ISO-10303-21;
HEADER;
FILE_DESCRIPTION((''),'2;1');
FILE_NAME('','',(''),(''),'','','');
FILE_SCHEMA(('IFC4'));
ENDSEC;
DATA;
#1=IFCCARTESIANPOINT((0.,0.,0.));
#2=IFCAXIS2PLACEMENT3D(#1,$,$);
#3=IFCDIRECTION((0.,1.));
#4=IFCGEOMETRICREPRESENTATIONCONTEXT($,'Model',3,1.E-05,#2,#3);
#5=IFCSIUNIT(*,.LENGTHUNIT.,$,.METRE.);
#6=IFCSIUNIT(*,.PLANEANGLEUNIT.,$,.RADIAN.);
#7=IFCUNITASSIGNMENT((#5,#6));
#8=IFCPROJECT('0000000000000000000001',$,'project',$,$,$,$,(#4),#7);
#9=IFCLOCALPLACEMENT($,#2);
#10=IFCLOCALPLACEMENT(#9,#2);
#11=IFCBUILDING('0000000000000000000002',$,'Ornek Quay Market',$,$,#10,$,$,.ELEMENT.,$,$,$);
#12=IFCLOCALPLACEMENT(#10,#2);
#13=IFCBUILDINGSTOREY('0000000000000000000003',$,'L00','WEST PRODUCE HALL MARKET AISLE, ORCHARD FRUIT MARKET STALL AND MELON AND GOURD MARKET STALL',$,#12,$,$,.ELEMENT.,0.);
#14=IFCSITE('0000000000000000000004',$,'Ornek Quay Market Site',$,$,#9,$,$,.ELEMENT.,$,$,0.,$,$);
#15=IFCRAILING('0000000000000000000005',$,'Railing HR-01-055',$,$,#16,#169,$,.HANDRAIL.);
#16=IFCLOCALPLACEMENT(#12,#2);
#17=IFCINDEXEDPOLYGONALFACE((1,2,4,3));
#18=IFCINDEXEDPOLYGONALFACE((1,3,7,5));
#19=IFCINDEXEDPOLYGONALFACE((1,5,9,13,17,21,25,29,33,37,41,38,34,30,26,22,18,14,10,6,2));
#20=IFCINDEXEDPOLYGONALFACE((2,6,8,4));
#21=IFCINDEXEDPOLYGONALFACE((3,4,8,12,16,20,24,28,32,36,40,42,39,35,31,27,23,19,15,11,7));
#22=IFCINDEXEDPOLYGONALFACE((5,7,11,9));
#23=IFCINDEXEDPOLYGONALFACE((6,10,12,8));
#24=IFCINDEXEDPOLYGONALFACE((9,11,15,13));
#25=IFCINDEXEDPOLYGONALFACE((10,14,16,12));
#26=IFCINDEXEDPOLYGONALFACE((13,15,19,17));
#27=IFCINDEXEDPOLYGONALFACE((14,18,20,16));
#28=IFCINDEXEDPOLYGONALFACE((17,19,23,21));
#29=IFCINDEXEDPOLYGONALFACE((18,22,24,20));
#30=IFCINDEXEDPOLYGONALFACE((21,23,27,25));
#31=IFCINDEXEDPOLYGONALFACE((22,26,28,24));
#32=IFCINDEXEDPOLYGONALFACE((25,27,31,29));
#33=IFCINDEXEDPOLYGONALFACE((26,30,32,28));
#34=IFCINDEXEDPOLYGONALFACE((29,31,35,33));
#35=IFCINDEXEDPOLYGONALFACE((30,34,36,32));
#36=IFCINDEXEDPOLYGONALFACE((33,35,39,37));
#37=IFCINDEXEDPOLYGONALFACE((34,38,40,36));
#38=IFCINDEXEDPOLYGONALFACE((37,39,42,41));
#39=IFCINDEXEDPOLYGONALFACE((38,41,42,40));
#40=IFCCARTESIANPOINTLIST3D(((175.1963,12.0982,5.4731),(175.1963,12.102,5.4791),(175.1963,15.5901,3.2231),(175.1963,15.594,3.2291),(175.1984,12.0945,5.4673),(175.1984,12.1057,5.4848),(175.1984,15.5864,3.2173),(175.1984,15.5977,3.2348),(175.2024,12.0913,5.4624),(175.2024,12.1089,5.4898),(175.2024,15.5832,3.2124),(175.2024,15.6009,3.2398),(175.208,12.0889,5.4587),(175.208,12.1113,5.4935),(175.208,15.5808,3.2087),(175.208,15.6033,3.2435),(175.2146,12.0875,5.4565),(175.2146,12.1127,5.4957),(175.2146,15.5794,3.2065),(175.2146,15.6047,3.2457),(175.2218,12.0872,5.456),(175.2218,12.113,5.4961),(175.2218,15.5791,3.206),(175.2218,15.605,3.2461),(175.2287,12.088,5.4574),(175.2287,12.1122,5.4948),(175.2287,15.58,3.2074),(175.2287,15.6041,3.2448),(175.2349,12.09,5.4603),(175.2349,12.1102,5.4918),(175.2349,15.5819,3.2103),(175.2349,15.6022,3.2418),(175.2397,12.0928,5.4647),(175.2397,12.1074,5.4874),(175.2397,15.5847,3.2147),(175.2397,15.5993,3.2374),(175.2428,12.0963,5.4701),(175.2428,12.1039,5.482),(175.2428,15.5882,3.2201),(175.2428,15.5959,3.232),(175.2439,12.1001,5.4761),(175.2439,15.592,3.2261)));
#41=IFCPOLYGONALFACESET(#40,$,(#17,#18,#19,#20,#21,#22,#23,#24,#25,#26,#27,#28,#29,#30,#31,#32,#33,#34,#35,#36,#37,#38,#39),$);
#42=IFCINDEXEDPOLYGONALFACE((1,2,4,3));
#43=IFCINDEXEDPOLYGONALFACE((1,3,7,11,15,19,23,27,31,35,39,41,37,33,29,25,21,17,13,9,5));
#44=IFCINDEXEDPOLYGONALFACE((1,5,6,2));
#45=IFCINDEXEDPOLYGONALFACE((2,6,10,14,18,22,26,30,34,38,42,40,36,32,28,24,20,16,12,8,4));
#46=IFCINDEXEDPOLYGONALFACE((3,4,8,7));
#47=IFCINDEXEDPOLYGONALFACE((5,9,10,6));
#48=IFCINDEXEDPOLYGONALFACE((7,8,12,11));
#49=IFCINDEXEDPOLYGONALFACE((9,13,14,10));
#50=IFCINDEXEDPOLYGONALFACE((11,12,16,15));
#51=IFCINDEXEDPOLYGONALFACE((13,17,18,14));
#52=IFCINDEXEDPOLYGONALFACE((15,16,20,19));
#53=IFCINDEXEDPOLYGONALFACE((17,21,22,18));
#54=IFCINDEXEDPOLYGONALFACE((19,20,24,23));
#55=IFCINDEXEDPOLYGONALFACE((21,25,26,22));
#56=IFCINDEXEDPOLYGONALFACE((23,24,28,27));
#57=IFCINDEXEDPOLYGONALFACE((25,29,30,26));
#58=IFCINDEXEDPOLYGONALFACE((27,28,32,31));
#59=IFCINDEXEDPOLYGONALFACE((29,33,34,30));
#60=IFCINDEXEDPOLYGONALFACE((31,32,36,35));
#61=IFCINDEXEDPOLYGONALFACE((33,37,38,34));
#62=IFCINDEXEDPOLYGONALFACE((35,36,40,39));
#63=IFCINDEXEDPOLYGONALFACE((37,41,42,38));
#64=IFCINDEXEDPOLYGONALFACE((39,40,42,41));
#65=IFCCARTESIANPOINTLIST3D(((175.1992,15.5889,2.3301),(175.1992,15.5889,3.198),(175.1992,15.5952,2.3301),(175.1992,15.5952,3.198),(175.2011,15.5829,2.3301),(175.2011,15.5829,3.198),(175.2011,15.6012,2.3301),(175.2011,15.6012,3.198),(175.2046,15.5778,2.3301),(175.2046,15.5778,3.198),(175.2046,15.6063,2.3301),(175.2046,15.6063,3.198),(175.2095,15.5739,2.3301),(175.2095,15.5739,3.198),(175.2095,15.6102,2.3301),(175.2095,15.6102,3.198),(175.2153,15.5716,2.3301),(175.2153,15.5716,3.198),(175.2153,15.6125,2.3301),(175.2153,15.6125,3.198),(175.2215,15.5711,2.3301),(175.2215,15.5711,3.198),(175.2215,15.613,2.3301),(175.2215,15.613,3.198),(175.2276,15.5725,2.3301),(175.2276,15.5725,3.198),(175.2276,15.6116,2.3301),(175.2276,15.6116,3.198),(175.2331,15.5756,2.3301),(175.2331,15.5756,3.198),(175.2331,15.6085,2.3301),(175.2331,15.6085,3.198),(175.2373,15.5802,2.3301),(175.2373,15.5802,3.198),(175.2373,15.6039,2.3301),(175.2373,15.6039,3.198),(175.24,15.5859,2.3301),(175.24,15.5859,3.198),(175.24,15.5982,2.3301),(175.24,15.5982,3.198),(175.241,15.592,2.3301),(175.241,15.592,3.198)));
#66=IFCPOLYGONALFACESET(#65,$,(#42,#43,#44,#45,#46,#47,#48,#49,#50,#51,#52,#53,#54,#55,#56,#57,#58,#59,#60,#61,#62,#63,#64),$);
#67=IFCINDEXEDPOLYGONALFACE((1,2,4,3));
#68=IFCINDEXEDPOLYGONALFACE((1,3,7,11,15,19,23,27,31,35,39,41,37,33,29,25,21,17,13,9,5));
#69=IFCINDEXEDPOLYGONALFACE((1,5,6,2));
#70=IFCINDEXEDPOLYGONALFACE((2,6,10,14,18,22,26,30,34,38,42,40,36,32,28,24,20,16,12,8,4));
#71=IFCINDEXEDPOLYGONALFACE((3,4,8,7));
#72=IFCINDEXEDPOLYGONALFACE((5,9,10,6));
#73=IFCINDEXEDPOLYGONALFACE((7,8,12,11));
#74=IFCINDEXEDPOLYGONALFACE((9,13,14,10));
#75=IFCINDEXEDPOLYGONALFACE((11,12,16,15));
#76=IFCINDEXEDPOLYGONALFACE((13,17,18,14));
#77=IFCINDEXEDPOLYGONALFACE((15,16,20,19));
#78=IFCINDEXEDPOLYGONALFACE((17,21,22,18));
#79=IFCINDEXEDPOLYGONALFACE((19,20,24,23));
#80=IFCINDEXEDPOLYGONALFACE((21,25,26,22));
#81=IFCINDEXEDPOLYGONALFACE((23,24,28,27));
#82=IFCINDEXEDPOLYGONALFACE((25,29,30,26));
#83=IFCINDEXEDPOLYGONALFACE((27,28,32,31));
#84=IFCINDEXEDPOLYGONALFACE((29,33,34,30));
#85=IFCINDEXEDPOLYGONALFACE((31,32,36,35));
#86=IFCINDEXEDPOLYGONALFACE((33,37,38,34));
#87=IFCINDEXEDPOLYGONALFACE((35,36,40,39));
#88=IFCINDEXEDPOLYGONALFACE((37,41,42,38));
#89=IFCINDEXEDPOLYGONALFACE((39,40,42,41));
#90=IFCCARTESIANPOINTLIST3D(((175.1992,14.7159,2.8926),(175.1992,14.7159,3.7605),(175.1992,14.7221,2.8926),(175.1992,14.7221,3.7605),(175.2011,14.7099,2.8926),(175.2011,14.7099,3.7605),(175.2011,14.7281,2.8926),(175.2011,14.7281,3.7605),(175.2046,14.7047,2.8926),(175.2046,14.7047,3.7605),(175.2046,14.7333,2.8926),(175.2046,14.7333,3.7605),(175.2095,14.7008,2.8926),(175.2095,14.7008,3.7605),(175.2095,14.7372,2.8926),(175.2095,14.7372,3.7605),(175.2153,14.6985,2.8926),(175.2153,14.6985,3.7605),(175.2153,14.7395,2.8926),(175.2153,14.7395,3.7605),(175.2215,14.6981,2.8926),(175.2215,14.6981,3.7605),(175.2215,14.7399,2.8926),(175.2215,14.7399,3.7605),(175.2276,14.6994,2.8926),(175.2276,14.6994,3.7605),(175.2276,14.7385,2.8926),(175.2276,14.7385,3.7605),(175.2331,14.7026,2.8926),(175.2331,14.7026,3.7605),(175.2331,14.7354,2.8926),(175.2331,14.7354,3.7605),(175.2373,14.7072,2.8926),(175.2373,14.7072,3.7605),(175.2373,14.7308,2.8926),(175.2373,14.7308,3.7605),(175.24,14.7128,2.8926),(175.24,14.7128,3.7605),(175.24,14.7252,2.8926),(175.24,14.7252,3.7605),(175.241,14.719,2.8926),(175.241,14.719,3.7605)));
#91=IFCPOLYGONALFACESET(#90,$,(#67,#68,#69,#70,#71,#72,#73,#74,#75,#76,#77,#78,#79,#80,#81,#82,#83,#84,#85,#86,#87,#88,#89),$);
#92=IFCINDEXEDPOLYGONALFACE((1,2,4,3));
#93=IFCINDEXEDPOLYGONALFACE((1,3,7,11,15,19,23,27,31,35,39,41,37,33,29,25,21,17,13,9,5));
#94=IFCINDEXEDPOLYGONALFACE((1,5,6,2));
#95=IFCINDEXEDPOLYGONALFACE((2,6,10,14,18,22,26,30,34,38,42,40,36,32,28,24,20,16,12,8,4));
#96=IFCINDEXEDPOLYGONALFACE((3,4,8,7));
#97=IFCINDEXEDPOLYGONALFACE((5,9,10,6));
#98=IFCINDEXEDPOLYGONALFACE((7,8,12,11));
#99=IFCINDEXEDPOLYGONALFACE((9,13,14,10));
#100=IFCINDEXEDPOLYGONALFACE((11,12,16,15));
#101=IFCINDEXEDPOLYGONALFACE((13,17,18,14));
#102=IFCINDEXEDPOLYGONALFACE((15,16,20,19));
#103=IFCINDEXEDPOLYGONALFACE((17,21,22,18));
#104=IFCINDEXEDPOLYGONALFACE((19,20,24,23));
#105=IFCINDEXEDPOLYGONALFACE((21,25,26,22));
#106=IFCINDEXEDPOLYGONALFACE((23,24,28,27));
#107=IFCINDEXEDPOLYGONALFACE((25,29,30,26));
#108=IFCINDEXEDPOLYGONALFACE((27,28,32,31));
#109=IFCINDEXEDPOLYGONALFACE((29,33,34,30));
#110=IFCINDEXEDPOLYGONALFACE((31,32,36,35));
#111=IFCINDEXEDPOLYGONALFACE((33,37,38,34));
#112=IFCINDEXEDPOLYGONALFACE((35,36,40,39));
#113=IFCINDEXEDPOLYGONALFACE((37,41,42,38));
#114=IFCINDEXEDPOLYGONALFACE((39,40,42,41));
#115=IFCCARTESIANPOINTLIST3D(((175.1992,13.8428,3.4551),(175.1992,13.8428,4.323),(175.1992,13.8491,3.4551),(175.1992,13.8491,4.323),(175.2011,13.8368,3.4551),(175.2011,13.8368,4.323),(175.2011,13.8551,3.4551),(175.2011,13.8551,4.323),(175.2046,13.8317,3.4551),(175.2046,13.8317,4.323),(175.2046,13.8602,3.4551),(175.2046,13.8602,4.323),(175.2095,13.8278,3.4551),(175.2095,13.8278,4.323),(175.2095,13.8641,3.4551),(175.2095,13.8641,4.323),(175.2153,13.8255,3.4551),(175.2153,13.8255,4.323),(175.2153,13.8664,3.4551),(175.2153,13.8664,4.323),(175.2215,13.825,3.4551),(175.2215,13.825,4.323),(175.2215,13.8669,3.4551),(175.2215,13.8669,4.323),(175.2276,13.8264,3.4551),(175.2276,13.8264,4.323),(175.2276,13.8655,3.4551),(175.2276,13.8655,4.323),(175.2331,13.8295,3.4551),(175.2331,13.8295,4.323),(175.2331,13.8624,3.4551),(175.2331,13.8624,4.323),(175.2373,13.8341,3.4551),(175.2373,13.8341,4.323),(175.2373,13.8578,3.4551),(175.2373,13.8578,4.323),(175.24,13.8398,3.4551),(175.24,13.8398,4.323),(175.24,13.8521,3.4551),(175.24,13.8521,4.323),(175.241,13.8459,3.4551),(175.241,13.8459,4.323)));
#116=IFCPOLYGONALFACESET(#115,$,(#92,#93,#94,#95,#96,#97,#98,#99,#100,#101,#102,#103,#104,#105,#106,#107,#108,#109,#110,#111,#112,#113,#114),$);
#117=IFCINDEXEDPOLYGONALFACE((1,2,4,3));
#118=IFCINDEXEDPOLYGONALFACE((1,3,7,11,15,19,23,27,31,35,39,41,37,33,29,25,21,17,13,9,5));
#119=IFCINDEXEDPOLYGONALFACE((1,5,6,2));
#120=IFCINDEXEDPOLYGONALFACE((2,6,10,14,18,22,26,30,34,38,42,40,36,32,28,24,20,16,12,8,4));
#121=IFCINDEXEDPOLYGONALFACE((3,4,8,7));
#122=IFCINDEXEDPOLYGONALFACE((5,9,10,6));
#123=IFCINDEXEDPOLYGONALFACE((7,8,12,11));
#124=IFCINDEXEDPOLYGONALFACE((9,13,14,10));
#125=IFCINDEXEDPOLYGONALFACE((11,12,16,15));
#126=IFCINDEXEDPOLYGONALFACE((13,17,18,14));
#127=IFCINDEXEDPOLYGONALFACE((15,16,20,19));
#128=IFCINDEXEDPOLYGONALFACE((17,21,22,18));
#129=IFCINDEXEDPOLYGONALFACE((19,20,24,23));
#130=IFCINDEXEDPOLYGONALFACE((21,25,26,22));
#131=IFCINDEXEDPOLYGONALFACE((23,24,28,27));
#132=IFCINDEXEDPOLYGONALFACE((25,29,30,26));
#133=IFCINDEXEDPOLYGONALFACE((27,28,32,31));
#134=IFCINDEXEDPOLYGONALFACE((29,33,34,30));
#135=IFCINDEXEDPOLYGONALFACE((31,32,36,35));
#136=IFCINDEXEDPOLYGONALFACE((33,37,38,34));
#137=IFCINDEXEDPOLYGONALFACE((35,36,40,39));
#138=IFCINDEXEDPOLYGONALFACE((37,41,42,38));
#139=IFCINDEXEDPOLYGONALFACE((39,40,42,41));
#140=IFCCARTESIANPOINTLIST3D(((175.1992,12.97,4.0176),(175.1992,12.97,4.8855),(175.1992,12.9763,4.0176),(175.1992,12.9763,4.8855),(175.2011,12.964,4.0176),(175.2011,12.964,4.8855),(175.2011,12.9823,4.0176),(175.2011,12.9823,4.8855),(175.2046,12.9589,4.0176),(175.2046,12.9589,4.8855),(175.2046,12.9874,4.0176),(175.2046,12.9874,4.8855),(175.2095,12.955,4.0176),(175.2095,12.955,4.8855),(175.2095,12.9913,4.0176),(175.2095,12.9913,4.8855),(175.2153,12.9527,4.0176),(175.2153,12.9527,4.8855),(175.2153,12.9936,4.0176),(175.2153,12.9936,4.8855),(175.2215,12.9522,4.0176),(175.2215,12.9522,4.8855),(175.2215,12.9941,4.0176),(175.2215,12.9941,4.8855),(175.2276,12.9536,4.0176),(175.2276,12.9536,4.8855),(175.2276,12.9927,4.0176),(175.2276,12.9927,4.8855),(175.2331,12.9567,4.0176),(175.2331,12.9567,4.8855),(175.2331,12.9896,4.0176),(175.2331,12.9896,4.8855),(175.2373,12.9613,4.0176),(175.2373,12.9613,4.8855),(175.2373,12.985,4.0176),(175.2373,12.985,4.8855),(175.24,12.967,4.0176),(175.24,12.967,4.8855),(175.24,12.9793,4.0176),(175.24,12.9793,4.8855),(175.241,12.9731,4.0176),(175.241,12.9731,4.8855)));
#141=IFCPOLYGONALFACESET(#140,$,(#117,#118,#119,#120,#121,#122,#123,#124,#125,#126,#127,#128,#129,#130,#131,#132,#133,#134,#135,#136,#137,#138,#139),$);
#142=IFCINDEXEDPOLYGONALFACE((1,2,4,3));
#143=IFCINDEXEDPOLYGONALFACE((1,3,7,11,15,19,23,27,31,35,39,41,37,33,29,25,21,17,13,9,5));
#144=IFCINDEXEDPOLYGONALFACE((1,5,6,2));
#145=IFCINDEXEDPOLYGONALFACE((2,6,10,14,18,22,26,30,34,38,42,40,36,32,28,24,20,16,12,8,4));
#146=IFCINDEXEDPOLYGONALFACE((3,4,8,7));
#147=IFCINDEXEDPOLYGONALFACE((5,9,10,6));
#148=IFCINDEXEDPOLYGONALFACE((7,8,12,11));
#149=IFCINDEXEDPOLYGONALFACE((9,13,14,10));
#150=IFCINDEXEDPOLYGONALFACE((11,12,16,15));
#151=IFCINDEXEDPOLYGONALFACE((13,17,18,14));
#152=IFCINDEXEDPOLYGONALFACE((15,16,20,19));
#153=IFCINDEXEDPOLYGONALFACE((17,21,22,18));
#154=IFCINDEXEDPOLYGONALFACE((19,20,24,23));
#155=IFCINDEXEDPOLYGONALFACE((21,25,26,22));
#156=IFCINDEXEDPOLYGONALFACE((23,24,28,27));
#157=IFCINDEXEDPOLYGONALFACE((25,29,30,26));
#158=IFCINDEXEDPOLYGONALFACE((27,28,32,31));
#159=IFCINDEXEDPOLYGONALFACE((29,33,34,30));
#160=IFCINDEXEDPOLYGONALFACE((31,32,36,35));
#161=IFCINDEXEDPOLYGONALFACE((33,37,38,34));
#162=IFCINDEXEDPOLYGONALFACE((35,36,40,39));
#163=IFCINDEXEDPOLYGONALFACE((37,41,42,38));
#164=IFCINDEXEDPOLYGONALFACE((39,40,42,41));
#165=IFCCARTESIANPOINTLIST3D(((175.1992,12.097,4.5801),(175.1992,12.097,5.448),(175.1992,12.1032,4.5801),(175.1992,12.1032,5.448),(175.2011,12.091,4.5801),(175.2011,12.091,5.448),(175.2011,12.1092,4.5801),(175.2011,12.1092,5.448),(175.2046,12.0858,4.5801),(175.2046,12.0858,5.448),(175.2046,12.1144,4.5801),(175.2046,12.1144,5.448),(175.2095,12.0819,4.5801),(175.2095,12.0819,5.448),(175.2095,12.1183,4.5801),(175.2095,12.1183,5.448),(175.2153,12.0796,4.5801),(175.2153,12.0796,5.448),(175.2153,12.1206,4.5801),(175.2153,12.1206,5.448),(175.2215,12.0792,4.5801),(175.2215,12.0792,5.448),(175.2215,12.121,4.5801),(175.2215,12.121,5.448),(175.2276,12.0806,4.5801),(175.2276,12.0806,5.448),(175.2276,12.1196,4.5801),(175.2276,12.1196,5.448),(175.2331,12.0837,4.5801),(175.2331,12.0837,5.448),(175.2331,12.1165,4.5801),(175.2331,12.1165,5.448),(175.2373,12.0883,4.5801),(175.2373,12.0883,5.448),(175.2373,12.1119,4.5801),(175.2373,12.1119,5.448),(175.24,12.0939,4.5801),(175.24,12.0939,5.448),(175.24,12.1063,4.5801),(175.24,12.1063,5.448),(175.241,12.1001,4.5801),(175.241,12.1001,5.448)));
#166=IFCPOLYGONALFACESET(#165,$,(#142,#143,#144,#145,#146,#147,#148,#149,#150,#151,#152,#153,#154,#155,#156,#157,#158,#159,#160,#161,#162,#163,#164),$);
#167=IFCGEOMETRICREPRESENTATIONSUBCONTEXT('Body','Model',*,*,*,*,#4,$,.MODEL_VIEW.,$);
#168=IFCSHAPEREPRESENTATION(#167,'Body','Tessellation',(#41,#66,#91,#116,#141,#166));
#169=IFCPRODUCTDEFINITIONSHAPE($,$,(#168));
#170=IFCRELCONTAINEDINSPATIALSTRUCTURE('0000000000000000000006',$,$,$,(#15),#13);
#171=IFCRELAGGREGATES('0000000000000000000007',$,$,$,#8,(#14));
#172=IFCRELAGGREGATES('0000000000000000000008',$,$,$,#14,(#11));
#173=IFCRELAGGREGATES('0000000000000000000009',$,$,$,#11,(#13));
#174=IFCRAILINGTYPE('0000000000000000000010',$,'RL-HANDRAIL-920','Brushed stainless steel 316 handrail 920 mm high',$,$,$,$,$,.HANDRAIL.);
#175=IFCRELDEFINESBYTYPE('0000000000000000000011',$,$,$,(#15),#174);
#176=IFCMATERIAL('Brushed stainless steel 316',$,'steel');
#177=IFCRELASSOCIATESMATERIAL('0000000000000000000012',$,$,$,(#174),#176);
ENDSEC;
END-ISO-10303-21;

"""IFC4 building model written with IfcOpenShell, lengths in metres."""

from ifc_helpers import new_model, si_unit, direction, frame, origin, origin_2d, place, context, subcontext, project, spatial, circle, extrude, material, type_object, element, save


model = new_model("IFC4")

# Units and contexts
model_context = context("Model", 3, precision=1e-05, world=origin(), true_north=direction((0.0, 1.0)))
body_context = subcontext(model_context, "Body", "Model", "MODEL_VIEW")
ifc_project = project(units=[si_unit("LENGTHUNIT", "METRE"), si_unit("PLANEANGLEUNIT", "RADIAN")], contexts=[model_context])

# Site, building, storey
site_placement = place(None, origin())
site = spatial("IfcSite", under=ifc_project, at=site_placement, Name="Ornek Quay Market Site", CompositionType="ELEMENT", RefElevation=0.0)
building_placement = place(site_placement, origin())
building = spatial("IfcBuilding", under=site, at=building_placement, Name="Ornek Quay Market", CompositionType="ELEMENT")
storey_placement = place(building_placement, origin())
storey = spatial("IfcBuildingStorey", under=building, at=storey_placement, Name="L00", Description="WEST PRODUCE HALL MARKET AISLE, ORCHARD FRUIT MARKET STALL AND MELON AND GOURD MARKET STALL", CompositionType="ELEMENT", Elevation=0.0)

# Railing
ifc_material_1 = material(Name="Brushed stainless steel 316", Category="steel")
railing_type_1 = type_object("IfcRailingType", Name="RL-HANDRAIL-920", Description="Brushed stainless steel 316 handrail 920 mm high", PredefinedType="HANDRAIL", material=ifc_material_1)
railing_1_placement = place(storey_placement, frame((175.22, 15.592, 2.3301)))
element("IfcRailing", 1, at=railing_1_placement, inside=storey, type_object=railing_type_1, Name="Railing HR-01-055", PredefinedType="HANDRAIL", context=body_context, shape_type="SweptSolid", body=[
    extrude(circle(Radius=0.0239, at=origin_2d()), frame((0.0, 0.0, 0.896), z_axis=(0.0, -0.840611, 0.54164), x_axis=(1.0, 0.0, 0.0)), (0.0, 0.0, 1.0), 4.1541),
    extrude(circle(Radius=0.021, at=origin_2d()), origin(), (0.0, 0.0, 1.0), 0.8679),
    extrude(circle(Radius=0.021, at=origin_2d()), frame((0.0, -0.873, 0.5625)), (0.0, 0.0, 1.0), 0.8679),
    extrude(circle(Radius=0.021, at=origin_2d()), frame((0.0, -1.7461, 1.125)), (0.0, 0.0, 1.0), 0.8679),
    extrude(circle(Radius=0.021, at=origin_2d()), frame((0.0, -2.6189, 1.6875)), (0.0, 0.0, 1.0), 0.8679),
    extrude(circle(Radius=0.021, at=origin_2d()), frame((0.0, -3.4919, 2.25)), (0.0, 0.0, 1.0), 0.8679),
])

save(model, "model.ifc")
